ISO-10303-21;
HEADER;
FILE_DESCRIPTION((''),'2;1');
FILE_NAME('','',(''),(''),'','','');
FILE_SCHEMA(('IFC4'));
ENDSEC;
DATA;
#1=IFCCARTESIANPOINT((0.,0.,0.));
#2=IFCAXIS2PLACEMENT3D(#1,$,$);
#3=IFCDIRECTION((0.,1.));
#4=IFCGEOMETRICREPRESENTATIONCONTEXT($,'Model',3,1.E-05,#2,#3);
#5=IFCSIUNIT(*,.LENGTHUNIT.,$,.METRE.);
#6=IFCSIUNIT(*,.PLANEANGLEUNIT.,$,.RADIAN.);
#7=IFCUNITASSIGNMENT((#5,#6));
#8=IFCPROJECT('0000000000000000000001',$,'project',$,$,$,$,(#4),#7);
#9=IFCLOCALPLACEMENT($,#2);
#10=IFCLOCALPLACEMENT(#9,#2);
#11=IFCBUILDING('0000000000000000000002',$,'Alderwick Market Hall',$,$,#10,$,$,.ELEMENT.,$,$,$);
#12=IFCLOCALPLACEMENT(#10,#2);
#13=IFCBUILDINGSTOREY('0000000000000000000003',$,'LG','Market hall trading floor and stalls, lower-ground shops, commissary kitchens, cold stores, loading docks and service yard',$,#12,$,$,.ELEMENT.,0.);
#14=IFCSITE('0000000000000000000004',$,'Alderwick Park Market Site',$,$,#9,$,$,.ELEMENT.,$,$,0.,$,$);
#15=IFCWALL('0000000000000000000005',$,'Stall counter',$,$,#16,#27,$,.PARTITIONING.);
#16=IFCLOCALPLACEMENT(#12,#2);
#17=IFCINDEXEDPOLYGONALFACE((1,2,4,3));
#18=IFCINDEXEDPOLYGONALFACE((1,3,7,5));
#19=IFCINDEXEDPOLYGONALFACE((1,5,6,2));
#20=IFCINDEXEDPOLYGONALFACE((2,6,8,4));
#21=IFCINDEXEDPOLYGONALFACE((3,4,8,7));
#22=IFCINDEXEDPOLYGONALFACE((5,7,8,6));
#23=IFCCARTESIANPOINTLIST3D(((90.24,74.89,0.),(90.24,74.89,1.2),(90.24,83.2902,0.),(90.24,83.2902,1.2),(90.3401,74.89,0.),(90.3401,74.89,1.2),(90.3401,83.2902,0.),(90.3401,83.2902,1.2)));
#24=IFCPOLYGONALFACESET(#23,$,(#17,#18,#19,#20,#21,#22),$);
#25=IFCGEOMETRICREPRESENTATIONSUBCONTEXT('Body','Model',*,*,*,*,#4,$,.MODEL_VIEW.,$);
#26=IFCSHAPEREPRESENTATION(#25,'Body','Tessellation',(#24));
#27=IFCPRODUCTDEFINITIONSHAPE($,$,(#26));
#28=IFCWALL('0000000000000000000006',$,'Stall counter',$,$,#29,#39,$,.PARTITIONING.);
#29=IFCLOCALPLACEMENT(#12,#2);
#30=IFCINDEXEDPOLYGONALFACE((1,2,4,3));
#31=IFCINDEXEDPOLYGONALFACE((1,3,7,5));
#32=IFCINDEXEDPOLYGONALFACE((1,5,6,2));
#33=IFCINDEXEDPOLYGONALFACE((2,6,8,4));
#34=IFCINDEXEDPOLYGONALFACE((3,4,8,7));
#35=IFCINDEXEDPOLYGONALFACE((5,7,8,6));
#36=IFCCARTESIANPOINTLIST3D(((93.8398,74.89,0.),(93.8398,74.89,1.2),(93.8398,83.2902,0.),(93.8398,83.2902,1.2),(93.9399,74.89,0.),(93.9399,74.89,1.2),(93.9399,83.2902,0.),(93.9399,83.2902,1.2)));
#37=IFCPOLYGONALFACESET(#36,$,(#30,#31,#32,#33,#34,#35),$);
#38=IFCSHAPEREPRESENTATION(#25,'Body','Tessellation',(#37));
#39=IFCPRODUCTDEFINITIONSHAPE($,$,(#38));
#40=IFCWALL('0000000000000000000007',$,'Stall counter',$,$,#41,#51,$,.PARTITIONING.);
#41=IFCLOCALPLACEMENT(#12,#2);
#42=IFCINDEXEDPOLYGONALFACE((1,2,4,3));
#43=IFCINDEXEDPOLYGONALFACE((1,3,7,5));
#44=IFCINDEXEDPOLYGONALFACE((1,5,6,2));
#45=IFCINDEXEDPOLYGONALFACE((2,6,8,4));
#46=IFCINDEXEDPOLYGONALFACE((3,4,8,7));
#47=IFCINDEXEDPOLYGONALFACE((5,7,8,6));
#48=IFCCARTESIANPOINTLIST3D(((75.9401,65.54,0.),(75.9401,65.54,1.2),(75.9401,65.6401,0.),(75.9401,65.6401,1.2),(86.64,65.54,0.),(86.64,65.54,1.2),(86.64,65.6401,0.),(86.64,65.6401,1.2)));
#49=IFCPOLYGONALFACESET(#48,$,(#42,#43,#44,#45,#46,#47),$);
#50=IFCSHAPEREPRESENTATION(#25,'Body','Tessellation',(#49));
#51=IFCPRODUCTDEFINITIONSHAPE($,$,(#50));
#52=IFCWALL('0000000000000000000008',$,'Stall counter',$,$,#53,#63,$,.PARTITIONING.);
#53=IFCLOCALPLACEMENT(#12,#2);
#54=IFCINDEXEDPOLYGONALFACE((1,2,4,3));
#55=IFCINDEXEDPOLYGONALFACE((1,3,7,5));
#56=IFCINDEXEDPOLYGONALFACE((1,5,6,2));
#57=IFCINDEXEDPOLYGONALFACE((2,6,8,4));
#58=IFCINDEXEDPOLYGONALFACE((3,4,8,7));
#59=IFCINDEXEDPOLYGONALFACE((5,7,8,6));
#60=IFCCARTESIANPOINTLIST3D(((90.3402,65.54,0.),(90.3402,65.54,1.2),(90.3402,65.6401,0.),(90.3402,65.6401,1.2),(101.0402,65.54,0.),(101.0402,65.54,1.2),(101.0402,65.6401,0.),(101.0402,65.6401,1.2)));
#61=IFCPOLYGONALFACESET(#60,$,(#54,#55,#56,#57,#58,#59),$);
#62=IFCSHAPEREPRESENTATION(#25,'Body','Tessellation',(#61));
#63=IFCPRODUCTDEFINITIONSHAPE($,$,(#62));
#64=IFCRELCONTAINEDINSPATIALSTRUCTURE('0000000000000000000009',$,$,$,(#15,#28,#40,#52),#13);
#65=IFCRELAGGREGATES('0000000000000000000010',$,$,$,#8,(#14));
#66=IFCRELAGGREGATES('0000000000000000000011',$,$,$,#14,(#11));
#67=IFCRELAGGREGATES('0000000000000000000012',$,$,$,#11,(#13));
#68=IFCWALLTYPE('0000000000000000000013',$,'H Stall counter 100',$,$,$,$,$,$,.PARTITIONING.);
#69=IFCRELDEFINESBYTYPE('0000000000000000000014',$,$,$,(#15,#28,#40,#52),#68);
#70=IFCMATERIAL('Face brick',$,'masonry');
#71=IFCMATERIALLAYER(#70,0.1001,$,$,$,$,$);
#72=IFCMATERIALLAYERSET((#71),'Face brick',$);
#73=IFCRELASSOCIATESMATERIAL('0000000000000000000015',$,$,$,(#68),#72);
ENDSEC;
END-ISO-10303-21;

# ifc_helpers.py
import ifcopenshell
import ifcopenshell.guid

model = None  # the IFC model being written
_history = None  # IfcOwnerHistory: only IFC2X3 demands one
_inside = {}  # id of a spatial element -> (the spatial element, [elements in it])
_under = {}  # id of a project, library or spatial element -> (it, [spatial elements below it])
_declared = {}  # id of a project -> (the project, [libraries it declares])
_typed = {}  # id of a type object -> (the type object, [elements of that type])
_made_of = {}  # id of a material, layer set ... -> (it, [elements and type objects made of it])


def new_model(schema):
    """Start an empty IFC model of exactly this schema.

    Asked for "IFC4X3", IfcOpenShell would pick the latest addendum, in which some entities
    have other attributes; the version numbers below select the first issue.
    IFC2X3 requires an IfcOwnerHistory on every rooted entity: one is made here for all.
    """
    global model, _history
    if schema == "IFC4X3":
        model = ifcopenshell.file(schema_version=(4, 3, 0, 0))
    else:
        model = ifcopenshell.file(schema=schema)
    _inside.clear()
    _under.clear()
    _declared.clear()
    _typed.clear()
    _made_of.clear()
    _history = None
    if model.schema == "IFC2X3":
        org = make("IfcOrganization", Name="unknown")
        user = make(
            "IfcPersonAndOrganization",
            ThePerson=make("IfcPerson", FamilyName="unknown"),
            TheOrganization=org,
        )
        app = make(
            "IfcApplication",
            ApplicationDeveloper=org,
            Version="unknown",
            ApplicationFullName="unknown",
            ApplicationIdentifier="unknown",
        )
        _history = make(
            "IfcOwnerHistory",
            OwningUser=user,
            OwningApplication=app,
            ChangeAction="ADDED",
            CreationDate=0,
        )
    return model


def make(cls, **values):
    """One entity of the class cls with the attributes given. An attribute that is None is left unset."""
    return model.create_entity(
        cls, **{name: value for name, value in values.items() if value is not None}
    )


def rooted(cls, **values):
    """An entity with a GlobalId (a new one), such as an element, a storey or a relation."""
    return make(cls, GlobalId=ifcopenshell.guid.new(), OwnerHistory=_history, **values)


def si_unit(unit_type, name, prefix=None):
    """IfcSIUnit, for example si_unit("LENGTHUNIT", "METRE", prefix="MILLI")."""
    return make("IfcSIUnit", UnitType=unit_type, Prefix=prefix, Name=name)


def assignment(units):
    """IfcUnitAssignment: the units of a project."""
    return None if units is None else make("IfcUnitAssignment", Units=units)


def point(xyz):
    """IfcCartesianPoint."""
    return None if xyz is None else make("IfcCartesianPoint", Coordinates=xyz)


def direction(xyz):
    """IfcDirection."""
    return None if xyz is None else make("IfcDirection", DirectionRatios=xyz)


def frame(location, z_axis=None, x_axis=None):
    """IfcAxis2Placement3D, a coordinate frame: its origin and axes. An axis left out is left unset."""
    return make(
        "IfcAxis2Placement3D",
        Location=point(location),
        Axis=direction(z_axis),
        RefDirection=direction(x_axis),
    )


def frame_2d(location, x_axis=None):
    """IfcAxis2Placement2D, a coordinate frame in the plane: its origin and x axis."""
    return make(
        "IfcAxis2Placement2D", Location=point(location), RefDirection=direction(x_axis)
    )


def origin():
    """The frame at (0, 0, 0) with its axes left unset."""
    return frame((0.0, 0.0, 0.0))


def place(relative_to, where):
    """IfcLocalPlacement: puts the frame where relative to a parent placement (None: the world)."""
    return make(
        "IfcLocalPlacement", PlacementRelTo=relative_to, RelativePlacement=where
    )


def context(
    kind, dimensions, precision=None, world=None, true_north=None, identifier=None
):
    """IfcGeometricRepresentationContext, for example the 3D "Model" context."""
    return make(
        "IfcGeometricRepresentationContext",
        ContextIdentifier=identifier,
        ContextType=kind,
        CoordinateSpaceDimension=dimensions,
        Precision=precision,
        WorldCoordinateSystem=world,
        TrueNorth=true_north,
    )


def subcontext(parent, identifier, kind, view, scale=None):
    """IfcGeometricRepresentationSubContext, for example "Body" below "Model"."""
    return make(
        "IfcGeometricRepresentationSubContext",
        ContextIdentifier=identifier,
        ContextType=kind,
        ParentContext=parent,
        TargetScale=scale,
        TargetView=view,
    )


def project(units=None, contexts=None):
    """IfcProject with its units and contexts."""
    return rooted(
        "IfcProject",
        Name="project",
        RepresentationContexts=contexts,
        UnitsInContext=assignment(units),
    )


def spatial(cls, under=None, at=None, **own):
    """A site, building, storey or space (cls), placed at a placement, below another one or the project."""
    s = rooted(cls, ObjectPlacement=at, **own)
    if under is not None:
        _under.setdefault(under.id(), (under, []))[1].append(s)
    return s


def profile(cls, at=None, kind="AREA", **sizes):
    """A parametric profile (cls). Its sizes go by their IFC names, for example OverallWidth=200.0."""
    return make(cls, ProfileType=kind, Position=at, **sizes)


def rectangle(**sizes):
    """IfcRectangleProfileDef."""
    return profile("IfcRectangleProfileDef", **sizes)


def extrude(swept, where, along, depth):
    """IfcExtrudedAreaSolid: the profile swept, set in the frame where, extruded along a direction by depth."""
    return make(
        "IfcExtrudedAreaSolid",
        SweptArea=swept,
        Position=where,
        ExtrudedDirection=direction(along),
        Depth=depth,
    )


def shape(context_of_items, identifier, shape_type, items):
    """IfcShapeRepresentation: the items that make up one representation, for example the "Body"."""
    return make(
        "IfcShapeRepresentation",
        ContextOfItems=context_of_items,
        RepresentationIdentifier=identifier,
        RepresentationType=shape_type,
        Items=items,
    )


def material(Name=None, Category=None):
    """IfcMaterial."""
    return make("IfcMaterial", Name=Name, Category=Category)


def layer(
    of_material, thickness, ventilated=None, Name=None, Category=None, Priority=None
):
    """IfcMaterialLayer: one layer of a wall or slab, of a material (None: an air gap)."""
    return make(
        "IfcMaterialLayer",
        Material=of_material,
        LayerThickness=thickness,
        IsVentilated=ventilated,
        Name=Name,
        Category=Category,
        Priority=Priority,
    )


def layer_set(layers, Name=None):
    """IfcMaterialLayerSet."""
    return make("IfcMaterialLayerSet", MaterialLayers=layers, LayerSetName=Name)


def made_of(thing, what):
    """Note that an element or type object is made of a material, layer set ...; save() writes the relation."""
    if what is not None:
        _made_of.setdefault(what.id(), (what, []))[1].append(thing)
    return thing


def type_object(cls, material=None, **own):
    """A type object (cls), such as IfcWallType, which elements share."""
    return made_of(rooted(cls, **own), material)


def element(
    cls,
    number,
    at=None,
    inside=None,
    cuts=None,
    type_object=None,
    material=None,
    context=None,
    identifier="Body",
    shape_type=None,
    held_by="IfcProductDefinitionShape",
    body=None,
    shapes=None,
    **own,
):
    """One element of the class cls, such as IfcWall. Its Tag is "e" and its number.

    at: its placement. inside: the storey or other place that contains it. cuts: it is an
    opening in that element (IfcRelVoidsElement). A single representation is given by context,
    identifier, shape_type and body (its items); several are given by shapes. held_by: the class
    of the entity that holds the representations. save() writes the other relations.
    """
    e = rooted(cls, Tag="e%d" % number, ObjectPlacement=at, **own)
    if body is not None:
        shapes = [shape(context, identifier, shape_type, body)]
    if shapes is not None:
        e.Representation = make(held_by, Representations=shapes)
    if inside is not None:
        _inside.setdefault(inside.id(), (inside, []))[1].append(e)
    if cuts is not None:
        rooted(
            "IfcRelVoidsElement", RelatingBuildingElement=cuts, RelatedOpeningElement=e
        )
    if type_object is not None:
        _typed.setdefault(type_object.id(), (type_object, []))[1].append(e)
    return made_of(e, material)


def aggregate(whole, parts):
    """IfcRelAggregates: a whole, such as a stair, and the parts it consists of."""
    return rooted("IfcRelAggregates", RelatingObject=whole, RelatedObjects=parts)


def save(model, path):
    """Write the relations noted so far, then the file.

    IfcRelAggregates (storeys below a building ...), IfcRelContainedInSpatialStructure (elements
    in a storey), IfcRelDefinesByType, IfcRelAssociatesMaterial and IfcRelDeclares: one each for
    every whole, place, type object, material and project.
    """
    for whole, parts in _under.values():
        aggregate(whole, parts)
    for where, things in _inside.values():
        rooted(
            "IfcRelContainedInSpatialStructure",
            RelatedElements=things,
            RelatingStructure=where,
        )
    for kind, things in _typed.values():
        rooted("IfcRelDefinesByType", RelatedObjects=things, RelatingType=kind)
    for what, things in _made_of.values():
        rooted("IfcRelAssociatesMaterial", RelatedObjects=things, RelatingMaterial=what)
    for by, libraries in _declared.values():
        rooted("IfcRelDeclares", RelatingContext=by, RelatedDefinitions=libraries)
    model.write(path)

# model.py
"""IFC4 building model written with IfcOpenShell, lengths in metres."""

from ifc_helpers import new_model, si_unit, direction, frame, frame_2d, origin, place, context, subcontext, project, spatial, rectangle, extrude, material, layer, layer_set, type_object, element, save


model = new_model("IFC4")

# Units and contexts
model_context = context("Model", 3, precision=1e-05, world=origin(), true_north=direction((0.0, 1.0)))
body_context = subcontext(model_context, "Body", "Model", "MODEL_VIEW")
ifc_project = project(units=[si_unit("LENGTHUNIT", "METRE"), si_unit("PLANEANGLEUNIT", "RADIAN")], contexts=[model_context])

# Site, building, storey
site_placement = place(None, origin())
site = spatial("IfcSite", under=ifc_project, at=site_placement, Name="Alderwick Park Market Site", CompositionType="ELEMENT", RefElevation=0.0)
building_placement = place(site_placement, origin())
building = spatial("IfcBuilding", under=site, at=building_placement, Name="Alderwick Market Hall", CompositionType="ELEMENT")
storey_placement = place(building_placement, origin())
storey = spatial("IfcBuildingStorey", under=building, at=storey_placement, Name="LG", Description="Market hall trading floor and stalls, lower-ground shops, commissary kitchens, cold stores, loading docks and service yard", CompositionType="ELEMENT", Elevation=0.0)

# Walls
ifc_material_1 = material(Name="Face brick", Category="masonry")
ifc_layer = layer(ifc_material_1, 0.1001)
ifc_layer_set = layer_set([ifc_layer], Name="Face brick")
wall_type = type_object("IfcWallType", Name="H Stall counter 100", PredefinedType="PARTITIONING", material=ifc_layer_set)
for number, where, z_axis, x_axis, name in (
    (1, (90.29, 74.8899, 0.0), (0.0, 0.0, 1.0), (0.0, 1.0, 0.0), "Stall counter"),
    (2, (93.8899, 74.8899, 0.0), (0.0, 0.0, 1.0), (0.0, 1.0, 0.0), "Stall counter"),
):
    element("IfcWall", number, at=place(storey_placement, frame(where, z_axis=z_axis, x_axis=x_axis)), inside=storey, type_object=wall_type, Name=name, PredefinedType="PARTITIONING", context=body_context, shape_type="SweptSolid", body=[
        extrude(rectangle(XDim=8.4001, YDim=0.1001, at=frame_2d((4.2002, 0.0))), origin(), (0.0, 0.0, 1.0), 1.2),
    ])
for number, where, z_axis, x_axis, name in (
    (3, (75.9399, 65.5901, 0.0), (0.0, 0.0, 1.0), (1.0, 0.0, 0.0), "Stall counter"),
    (4, (90.3401, 65.5901, 0.0), (0.0, 0.0, 1.0), (1.0, 0.0, 0.0), "Stall counter"),
):
    element("IfcWall", number, at=place(storey_placement, frame(where, z_axis=z_axis, x_axis=x_axis)), inside=storey, type_object=wall_type, Name=name, PredefinedType="PARTITIONING", context=body_context, shape_type="SweptSolid", body=[
        extrude(rectangle(XDim=10.7, YDim=0.1001, at=frame_2d((5.3501, 0.0))), origin(), (0.0, 0.0, 1.0), 1.2),
    ])

save(model, "model.ifc")
